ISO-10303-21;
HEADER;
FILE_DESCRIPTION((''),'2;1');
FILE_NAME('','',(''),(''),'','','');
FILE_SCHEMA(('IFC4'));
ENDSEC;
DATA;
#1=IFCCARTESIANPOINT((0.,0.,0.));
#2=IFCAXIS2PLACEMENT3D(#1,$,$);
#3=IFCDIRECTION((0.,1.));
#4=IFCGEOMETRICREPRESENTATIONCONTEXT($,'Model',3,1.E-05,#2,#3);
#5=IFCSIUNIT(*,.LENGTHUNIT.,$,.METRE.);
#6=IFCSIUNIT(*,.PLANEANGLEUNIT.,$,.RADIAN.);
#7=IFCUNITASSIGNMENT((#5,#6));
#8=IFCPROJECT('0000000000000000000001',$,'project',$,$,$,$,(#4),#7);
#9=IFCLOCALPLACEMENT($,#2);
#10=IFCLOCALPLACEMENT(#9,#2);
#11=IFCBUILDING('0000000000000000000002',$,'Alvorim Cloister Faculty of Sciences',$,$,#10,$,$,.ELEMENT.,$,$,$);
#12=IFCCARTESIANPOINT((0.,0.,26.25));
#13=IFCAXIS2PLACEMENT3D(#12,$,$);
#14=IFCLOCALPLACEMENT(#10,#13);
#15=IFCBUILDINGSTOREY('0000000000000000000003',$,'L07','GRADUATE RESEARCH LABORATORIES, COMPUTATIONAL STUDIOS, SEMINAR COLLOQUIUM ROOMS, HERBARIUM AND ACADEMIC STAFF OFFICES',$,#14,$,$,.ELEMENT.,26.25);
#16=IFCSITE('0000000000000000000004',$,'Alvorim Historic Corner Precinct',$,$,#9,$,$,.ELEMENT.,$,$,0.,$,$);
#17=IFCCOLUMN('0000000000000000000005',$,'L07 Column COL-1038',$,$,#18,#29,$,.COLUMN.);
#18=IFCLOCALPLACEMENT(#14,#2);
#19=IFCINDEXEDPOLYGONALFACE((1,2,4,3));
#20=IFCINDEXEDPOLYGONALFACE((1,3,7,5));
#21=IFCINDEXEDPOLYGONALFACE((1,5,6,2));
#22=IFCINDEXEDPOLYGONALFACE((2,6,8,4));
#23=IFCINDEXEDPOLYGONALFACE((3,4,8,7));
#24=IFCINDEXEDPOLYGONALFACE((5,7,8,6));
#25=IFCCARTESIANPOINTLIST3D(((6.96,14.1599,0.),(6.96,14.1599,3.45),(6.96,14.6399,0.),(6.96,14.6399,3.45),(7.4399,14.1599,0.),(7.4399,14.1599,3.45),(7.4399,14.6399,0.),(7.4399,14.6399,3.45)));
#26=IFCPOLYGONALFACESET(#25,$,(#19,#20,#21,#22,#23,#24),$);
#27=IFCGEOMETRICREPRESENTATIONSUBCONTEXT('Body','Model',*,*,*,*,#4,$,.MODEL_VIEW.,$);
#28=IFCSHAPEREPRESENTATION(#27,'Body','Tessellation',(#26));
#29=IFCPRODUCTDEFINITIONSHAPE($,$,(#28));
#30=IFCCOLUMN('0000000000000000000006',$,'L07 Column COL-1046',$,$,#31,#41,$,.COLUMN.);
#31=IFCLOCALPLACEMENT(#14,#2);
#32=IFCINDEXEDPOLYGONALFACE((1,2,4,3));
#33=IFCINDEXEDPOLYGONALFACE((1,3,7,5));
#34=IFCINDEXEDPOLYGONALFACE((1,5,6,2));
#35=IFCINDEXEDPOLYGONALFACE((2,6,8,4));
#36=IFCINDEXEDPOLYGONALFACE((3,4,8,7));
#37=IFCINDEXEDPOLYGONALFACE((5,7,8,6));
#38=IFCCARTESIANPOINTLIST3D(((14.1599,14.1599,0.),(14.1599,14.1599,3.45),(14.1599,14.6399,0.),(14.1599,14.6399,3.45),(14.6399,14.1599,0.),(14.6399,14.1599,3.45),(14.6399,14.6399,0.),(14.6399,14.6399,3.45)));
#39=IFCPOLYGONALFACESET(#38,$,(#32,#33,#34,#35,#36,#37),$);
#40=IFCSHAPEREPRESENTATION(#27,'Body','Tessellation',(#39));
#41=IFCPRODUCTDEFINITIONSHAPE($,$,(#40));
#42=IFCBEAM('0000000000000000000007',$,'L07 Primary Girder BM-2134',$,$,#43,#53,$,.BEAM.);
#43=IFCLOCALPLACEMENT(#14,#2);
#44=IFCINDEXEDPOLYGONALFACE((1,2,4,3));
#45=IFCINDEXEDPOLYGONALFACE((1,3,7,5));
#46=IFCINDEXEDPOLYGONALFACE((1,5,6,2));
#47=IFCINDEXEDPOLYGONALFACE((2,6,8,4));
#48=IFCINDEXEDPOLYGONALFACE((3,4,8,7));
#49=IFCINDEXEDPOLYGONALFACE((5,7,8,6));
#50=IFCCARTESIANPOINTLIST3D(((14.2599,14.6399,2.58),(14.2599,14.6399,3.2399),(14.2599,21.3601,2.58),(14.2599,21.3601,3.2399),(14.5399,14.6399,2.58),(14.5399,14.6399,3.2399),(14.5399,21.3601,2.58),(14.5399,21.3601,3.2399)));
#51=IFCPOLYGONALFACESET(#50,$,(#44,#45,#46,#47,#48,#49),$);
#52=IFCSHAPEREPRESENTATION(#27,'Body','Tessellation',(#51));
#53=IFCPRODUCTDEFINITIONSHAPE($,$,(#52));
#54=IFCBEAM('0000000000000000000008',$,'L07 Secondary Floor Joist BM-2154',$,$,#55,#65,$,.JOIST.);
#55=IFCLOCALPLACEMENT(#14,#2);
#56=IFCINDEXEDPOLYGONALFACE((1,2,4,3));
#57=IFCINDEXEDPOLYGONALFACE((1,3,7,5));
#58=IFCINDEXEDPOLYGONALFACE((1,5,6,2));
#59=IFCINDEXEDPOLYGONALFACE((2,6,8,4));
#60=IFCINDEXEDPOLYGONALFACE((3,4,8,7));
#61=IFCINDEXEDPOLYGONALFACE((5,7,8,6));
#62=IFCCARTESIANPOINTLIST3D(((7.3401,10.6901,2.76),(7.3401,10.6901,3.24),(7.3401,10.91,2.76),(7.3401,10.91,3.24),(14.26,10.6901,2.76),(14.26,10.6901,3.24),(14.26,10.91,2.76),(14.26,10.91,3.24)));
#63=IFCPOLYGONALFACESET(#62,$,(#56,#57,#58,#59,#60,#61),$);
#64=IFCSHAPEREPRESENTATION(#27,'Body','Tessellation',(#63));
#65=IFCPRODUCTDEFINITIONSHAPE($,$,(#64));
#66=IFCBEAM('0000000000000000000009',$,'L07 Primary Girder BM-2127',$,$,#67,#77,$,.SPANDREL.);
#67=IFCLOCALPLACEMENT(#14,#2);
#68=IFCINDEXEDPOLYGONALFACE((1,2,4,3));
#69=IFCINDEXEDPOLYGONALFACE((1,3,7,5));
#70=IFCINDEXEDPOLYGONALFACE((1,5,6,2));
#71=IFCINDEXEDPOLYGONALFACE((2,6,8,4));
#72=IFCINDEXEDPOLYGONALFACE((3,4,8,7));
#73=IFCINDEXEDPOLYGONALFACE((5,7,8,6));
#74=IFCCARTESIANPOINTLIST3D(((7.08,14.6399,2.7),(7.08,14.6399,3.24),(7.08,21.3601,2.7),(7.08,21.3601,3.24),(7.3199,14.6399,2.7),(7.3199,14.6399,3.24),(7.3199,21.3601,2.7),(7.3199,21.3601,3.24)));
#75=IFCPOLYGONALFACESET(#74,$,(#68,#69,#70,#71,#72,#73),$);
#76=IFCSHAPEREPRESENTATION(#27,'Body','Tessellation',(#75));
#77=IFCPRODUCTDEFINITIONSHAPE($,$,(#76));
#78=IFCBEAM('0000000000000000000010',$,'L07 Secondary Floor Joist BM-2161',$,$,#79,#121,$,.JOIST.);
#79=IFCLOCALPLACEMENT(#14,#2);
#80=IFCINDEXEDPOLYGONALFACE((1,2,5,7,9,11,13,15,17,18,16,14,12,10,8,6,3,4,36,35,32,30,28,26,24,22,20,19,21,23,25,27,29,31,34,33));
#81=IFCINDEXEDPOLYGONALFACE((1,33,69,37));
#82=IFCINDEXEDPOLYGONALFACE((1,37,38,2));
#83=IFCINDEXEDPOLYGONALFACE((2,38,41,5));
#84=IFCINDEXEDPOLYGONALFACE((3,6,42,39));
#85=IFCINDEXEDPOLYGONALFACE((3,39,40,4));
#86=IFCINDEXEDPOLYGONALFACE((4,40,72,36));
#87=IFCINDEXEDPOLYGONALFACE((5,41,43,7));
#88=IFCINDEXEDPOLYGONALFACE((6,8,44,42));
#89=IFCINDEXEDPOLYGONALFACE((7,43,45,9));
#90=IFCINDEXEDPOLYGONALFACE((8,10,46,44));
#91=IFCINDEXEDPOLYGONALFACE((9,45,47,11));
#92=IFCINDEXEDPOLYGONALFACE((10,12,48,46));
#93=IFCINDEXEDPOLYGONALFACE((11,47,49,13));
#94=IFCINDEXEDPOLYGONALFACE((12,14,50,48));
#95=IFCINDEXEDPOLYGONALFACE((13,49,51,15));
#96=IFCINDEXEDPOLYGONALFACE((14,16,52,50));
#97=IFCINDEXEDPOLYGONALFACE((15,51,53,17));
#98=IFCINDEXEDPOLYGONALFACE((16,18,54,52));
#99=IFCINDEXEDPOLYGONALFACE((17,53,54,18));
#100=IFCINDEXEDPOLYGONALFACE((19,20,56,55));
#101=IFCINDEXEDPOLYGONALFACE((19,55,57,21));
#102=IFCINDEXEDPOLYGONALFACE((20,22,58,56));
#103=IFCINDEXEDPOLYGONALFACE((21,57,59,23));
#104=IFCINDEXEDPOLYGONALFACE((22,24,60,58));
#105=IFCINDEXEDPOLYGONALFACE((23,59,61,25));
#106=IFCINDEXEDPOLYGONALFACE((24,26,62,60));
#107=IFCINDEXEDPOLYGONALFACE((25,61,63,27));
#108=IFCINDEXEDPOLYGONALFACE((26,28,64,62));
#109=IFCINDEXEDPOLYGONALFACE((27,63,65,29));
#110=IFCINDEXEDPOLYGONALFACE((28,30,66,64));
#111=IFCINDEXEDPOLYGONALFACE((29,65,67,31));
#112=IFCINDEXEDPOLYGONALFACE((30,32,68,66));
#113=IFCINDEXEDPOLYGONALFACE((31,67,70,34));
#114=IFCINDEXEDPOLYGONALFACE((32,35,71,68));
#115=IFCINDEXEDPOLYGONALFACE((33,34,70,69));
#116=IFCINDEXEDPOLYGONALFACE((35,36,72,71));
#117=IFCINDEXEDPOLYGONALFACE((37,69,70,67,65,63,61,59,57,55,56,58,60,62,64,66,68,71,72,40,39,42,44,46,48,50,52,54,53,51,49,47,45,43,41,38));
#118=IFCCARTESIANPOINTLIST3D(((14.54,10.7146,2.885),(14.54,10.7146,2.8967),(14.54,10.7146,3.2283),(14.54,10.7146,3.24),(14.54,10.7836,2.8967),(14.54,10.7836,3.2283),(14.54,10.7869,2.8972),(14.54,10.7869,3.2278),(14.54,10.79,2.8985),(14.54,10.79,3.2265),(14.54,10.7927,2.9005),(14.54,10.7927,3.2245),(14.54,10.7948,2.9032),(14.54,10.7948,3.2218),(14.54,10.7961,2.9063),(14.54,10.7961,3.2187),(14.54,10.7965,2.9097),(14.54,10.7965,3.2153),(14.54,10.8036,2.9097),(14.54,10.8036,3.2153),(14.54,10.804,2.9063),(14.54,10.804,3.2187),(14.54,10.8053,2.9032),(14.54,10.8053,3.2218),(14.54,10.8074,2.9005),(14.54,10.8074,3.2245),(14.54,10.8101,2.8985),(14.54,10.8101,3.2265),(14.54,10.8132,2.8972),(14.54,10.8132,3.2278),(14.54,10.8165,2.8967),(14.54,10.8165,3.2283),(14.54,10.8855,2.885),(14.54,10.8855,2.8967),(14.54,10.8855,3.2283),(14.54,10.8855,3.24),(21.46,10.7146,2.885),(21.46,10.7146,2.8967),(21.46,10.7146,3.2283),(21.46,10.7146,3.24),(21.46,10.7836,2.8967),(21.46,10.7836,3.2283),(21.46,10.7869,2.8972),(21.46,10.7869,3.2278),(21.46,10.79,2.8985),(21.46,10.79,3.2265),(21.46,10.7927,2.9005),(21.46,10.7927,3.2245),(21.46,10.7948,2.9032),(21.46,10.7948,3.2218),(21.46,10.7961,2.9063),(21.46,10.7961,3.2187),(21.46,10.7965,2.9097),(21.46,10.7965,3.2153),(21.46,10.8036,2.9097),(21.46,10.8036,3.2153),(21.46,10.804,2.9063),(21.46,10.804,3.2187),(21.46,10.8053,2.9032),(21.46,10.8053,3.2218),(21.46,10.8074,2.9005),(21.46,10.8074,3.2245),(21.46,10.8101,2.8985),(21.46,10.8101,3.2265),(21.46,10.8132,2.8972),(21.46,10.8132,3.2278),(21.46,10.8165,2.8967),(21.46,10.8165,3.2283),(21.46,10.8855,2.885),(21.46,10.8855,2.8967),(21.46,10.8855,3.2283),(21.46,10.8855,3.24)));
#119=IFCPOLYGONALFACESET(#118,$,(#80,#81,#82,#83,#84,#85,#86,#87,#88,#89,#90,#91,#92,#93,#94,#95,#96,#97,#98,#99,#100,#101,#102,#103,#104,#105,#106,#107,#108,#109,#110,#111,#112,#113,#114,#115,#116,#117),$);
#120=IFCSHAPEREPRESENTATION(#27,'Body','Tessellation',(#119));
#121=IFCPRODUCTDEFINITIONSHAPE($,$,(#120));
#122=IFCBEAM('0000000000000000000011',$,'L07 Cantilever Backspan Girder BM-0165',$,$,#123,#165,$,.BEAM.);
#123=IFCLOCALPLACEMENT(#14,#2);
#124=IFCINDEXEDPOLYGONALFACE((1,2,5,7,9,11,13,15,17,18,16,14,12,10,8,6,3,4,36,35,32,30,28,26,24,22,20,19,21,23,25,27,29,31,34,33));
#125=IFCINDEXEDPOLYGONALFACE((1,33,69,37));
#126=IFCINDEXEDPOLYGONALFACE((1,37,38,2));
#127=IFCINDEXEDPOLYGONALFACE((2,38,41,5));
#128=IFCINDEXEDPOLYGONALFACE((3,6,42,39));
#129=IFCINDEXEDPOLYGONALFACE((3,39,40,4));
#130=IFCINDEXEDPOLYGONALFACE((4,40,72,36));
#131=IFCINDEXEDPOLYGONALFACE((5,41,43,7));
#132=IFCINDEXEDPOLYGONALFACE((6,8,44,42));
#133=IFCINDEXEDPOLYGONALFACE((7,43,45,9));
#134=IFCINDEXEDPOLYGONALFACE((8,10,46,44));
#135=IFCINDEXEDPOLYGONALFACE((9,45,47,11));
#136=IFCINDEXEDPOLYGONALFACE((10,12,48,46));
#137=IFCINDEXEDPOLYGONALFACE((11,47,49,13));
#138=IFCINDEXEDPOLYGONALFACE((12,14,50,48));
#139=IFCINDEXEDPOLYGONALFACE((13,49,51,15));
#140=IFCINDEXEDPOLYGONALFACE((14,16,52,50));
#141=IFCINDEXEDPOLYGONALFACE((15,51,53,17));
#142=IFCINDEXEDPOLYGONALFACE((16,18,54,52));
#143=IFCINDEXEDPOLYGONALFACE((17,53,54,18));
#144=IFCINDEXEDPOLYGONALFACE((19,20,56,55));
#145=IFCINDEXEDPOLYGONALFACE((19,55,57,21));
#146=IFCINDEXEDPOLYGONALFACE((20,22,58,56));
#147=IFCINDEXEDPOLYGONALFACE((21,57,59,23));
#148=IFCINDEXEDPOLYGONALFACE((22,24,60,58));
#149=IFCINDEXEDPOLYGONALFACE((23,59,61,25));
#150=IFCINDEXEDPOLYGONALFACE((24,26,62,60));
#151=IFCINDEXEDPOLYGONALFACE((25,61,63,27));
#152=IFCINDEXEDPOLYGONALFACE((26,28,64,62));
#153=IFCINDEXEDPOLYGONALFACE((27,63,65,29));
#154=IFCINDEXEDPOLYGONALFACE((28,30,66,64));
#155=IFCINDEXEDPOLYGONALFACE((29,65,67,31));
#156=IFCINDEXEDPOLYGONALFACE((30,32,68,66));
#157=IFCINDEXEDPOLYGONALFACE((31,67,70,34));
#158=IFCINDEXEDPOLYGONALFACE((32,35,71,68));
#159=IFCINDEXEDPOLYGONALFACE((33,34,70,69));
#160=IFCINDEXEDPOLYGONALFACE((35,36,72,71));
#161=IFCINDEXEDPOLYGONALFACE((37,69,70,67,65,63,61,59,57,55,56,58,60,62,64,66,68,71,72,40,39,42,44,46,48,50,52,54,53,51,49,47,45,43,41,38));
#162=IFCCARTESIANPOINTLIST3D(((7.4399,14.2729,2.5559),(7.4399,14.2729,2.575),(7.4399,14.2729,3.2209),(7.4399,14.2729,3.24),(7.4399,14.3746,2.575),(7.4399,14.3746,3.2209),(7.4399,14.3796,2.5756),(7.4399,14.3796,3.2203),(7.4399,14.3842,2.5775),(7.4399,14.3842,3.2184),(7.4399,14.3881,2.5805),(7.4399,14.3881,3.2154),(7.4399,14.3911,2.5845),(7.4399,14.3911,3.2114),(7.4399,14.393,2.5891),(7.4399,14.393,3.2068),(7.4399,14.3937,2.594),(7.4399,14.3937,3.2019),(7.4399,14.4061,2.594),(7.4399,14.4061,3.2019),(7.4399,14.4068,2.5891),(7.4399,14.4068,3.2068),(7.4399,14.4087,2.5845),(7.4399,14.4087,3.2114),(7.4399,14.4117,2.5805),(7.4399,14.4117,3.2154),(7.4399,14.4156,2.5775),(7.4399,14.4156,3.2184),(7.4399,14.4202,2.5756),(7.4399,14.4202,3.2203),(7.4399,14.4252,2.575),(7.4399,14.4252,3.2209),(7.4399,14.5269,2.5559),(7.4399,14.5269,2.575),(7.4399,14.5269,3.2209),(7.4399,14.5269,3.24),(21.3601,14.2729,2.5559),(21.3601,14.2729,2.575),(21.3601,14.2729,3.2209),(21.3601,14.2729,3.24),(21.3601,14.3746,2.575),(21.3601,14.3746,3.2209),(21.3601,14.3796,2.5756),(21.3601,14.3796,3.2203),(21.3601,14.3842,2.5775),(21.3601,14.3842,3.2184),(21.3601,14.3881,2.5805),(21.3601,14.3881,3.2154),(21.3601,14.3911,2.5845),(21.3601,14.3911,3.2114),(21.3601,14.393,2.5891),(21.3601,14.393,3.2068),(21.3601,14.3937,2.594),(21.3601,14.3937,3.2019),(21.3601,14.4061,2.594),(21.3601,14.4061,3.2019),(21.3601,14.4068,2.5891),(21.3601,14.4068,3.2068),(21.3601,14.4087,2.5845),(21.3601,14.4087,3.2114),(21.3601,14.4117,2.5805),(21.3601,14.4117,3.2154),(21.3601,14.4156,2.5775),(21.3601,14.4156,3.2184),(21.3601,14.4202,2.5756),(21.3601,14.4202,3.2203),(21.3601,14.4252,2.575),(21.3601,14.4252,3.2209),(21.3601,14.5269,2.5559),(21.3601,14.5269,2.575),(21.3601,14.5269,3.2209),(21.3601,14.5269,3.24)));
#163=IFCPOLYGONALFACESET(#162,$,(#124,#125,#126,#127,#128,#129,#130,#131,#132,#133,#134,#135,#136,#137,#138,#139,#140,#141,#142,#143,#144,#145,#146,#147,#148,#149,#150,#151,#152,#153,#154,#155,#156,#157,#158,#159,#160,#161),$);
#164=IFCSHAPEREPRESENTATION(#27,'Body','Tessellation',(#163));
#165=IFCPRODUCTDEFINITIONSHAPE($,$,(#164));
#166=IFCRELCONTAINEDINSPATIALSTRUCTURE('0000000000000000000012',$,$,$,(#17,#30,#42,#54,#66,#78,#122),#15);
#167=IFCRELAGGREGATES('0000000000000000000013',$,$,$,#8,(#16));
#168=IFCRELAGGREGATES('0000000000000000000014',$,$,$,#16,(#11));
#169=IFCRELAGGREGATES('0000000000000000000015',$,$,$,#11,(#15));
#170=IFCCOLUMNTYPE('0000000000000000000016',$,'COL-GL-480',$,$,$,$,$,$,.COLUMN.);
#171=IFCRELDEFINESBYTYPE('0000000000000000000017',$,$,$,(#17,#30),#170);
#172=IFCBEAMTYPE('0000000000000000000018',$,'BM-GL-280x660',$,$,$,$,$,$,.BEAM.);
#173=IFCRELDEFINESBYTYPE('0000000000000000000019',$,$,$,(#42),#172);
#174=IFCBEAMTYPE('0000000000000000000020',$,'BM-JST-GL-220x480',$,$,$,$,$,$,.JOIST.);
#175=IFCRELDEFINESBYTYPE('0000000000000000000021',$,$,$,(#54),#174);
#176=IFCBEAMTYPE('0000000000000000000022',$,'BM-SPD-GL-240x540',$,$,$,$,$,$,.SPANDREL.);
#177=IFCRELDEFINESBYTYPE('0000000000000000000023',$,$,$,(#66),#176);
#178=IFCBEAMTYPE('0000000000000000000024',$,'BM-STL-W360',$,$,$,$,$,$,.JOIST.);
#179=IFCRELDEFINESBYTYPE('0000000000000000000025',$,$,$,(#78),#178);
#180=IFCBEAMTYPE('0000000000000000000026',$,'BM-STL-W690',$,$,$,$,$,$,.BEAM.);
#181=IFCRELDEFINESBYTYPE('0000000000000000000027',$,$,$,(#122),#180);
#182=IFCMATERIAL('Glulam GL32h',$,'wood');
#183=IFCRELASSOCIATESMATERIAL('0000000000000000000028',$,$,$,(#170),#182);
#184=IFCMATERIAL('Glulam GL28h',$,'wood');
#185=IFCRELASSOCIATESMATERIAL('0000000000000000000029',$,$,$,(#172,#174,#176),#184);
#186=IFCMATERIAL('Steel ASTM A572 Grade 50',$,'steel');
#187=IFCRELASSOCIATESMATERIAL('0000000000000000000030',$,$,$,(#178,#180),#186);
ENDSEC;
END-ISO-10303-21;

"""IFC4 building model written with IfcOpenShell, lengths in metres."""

from ifc_helpers import new_model, si_unit, direction, frame, origin, origin_2d, place, context, subcontext, project, spatial, rectangle, i_section, extrude, material, material_profile, profile_set, type_object, element, save


model = new_model("IFC4")

# Units and contexts
model_context = context("Model", 3, precision=1e-05, world=origin(), true_north=direction((0.0, 1.0)))
body_context = subcontext(model_context, "Body", "Model", "MODEL_VIEW")
ifc_project = project(units=[si_unit("LENGTHUNIT", "METRE"), si_unit("PLANEANGLEUNIT", "RADIAN")], contexts=[model_context])

# Site, building, storey
site_placement = place(None, origin())
site = spatial("IfcSite", under=ifc_project, at=site_placement, Name="Alvorim Historic Corner Precinct", CompositionType="ELEMENT", RefElevation=0.0)
building_placement = place(site_placement, origin())
building = spatial("IfcBuilding", under=site, at=building_placement, Name="Alvorim Cloister Faculty of Sciences", CompositionType="ELEMENT")
storey_placement = place(building_placement, frame((0.0, 0.0, 26.25)))
storey = spatial("IfcBuildingStorey", under=building, at=storey_placement, Name="L07", Description="GRADUATE RESEARCH LABORATORIES, COMPUTATIONAL STUDIOS, SEMINAR COLLOQUIUM ROOMS, HERBARIUM AND ACADEMIC STAFF OFFICES", CompositionType="ELEMENT", Elevation=26.25)

# Columns
ifc_material_1 = material(Name="Glulam GL32h", Category="wood")
ifc_material_profile_1 = material_profile(ifc_material_1, rectangle(XDim=0.48, YDim=0.48, at=origin_2d()), Name="GL32-COL-480x480")
ifc_profile_set_1 = profile_set([ifc_material_profile_1], Name="Glulam GL32h")
column_type = type_object("IfcColumnType", Name="COL-GL-480", PredefinedType="COLUMN", material=ifc_profile_set_1)
for number, where, z_axis, x_axis, name in (
    (1, (7.2, 14.3999, 0.0), (0.0, 0.0, 1.0), (1.0, 0.0, 0.0), "L07 Column COL-1038"),
    (2, (14.3999, 14.3999, 0.0), (0.0, 0.0, 1.0), (1.0, 0.0, 0.0), "L07 Column COL-1046"),
):
    element("IfcColumn", number, at=place(storey_placement, frame(where, z_axis=z_axis, x_axis=x_axis)), inside=storey, type_object=column_type, Name=name, PredefinedType="COLUMN", context=body_context, shape_type="SweptSolid", body=[
        extrude(rectangle(XDim=0.48, YDim=0.48, at=origin_2d()), origin(), (0.0, 0.0, 1.0), 3.45),
    ])

# Beams
ifc_material_2 = material(Name="Glulam GL28h", Category="wood")
ifc_material_profile_2 = material_profile(ifc_material_2, rectangle(XDim=0.28, YDim=0.6599, at=origin_2d()), Name="GL28-BM-280x660")
ifc_profile_set_2 = profile_set([ifc_material_profile_2], Name="Glulam GL28h")
beam_type_1 = type_object("IfcBeamType", Name="BM-GL-280x660", PredefinedType="BEAM", material=ifc_profile_set_2)
beam_1_placement = place(storey_placement, frame((14.3999, 14.6399, 2.9099), z_axis=(0.0, 1.0, 0.0), x_axis=(-1.0, 0.0, 0.0)))
element("IfcBeam", 3, at=beam_1_placement, inside=storey, type_object=beam_type_1, Name="L07 Primary Girder BM-2134", PredefinedType="BEAM", context=body_context, shape_type="SweptSolid", body=[
    extrude(rectangle(XDim=0.28, YDim=0.6599, at=origin_2d()), origin(), (0.0, 0.0, 1.0), 6.7202),
])
ifc_material_profile_3 = material_profile(ifc_material_2, rectangle(XDim=0.22, YDim=0.48, at=origin_2d()), Name="GL28-JST-220x480")
ifc_profile_set_3 = profile_set([ifc_material_profile_3], Name="Glulam GL28h")
beam_type_2 = type_object("IfcBeamType", Name="BM-JST-GL-220x480", PredefinedType="JOIST", material=ifc_profile_set_3)
beam_2_placement = place(storey_placement, frame((7.3401, 10.8, 3.0), z_axis=(1.0, 0.0, 0.0), x_axis=(0.0, 1.0, 0.0)))
element("IfcBeam", 4, at=beam_2_placement, inside=storey, type_object=beam_type_2, Name="L07 Secondary Floor Joist BM-2154", PredefinedType="JOIST", context=body_context, shape_type="SweptSolid", body=[
    extrude(rectangle(XDim=0.22, YDim=0.48, at=origin_2d()), origin(), (0.0, 0.0, 1.0), 6.9199),
])
ifc_material_profile_4 = material_profile(ifc_material_2, rectangle(XDim=0.24, YDim=0.54, at=origin_2d()), Name="GL28-SPD-240x540")
ifc_profile_set_4 = profile_set([ifc_material_profile_4], Name="Glulam GL28h")
beam_type_3 = type_object("IfcBeamType", Name="BM-SPD-GL-240x540", PredefinedType="SPANDREL", material=ifc_profile_set_4)
beam_3_placement = place(storey_placement, frame((7.2, 14.6399, 2.97), z_axis=(0.0, 1.0, 0.0), x_axis=(-1.0, 0.0, 0.0)))
element("IfcBeam", 5, at=beam_3_placement, inside=storey, type_object=beam_type_3, Name="L07 Primary Girder BM-2127", PredefinedType="SPANDREL", context=body_context, shape_type="SweptSolid", body=[
    extrude(rectangle(XDim=0.24, YDim=0.54, at=origin_2d()), origin(), (0.0, 0.0, 1.0), 6.7202),
])
ifc_material_3 = material(Name="Steel ASTM A572 Grade 50", Category="steel")
ifc_material_profile_5 = material_profile(ifc_material_3, i_section(OverallWidth=0.1709, OverallDepth=0.355, WebThickness=0.0071, FlangeThickness=0.0117, FilletRadius=0.0129, at=origin_2d()), Name="W360x51.0")
ifc_profile_set_5 = profile_set([ifc_material_profile_5], Name="Steel ASTM A572 Grade 50")
beam_type_4 = type_object("IfcBeamType", Name="BM-STL-W360", PredefinedType="JOIST", material=ifc_profile_set_5)
beam_4_placement = place(storey_placement, frame((14.54, 10.8, 3.0625), z_axis=(1.0, 0.0, 0.0), x_axis=(0.0, 1.0, 0.0)))
element("IfcBeam", 6, at=beam_4_placement, inside=storey, type_object=beam_type_4, Name="L07 Secondary Floor Joist BM-2161", PredefinedType="JOIST", context=body_context, shape_type="SweptSolid", body=[
    extrude(i_section(OverallWidth=0.1709, OverallDepth=0.355, WebThickness=0.0071, FlangeThickness=0.0117, FilletRadius=0.0129, at=origin_2d()), origin(), (0.0, 0.0, 1.0), 6.9199),
])
ifc_material_profile_6 = material_profile(ifc_material_3, i_section(OverallWidth=0.2539, OverallDepth=0.6841, WebThickness=0.0125, FlangeThickness=0.019, FilletRadius=0.019, at=origin_2d()), Name="W690x140.0")
ifc_profile_set_6 = profile_set([ifc_material_profile_6], Name="Steel ASTM A572 Grade 50")
beam_type_5 = type_object("IfcBeamType", Name="BM-STL-W690", PredefinedType="BEAM", material=ifc_profile_set_6)
beam_5_placement = place(storey_placement, frame((7.4399, 14.3999, 2.8979), z_axis=(1.0, 0.0, 0.0), x_axis=(0.0, 1.0, 0.0)))
element("IfcBeam", 7, at=beam_5_placement, inside=storey, type_object=beam_type_5, Name="L07 Cantilever Backspan Girder BM-0165", PredefinedType="BEAM", context=body_context, shape_type="SweptSolid", body=[
    extrude(i_section(OverallWidth=0.2539, OverallDepth=0.6841, WebThickness=0.0125, FlangeThickness=0.019, FilletRadius=0.019, at=origin_2d()), origin(), (0.0, 0.0, 1.0), 13.9202),
])

save(model, "model.ifc")
